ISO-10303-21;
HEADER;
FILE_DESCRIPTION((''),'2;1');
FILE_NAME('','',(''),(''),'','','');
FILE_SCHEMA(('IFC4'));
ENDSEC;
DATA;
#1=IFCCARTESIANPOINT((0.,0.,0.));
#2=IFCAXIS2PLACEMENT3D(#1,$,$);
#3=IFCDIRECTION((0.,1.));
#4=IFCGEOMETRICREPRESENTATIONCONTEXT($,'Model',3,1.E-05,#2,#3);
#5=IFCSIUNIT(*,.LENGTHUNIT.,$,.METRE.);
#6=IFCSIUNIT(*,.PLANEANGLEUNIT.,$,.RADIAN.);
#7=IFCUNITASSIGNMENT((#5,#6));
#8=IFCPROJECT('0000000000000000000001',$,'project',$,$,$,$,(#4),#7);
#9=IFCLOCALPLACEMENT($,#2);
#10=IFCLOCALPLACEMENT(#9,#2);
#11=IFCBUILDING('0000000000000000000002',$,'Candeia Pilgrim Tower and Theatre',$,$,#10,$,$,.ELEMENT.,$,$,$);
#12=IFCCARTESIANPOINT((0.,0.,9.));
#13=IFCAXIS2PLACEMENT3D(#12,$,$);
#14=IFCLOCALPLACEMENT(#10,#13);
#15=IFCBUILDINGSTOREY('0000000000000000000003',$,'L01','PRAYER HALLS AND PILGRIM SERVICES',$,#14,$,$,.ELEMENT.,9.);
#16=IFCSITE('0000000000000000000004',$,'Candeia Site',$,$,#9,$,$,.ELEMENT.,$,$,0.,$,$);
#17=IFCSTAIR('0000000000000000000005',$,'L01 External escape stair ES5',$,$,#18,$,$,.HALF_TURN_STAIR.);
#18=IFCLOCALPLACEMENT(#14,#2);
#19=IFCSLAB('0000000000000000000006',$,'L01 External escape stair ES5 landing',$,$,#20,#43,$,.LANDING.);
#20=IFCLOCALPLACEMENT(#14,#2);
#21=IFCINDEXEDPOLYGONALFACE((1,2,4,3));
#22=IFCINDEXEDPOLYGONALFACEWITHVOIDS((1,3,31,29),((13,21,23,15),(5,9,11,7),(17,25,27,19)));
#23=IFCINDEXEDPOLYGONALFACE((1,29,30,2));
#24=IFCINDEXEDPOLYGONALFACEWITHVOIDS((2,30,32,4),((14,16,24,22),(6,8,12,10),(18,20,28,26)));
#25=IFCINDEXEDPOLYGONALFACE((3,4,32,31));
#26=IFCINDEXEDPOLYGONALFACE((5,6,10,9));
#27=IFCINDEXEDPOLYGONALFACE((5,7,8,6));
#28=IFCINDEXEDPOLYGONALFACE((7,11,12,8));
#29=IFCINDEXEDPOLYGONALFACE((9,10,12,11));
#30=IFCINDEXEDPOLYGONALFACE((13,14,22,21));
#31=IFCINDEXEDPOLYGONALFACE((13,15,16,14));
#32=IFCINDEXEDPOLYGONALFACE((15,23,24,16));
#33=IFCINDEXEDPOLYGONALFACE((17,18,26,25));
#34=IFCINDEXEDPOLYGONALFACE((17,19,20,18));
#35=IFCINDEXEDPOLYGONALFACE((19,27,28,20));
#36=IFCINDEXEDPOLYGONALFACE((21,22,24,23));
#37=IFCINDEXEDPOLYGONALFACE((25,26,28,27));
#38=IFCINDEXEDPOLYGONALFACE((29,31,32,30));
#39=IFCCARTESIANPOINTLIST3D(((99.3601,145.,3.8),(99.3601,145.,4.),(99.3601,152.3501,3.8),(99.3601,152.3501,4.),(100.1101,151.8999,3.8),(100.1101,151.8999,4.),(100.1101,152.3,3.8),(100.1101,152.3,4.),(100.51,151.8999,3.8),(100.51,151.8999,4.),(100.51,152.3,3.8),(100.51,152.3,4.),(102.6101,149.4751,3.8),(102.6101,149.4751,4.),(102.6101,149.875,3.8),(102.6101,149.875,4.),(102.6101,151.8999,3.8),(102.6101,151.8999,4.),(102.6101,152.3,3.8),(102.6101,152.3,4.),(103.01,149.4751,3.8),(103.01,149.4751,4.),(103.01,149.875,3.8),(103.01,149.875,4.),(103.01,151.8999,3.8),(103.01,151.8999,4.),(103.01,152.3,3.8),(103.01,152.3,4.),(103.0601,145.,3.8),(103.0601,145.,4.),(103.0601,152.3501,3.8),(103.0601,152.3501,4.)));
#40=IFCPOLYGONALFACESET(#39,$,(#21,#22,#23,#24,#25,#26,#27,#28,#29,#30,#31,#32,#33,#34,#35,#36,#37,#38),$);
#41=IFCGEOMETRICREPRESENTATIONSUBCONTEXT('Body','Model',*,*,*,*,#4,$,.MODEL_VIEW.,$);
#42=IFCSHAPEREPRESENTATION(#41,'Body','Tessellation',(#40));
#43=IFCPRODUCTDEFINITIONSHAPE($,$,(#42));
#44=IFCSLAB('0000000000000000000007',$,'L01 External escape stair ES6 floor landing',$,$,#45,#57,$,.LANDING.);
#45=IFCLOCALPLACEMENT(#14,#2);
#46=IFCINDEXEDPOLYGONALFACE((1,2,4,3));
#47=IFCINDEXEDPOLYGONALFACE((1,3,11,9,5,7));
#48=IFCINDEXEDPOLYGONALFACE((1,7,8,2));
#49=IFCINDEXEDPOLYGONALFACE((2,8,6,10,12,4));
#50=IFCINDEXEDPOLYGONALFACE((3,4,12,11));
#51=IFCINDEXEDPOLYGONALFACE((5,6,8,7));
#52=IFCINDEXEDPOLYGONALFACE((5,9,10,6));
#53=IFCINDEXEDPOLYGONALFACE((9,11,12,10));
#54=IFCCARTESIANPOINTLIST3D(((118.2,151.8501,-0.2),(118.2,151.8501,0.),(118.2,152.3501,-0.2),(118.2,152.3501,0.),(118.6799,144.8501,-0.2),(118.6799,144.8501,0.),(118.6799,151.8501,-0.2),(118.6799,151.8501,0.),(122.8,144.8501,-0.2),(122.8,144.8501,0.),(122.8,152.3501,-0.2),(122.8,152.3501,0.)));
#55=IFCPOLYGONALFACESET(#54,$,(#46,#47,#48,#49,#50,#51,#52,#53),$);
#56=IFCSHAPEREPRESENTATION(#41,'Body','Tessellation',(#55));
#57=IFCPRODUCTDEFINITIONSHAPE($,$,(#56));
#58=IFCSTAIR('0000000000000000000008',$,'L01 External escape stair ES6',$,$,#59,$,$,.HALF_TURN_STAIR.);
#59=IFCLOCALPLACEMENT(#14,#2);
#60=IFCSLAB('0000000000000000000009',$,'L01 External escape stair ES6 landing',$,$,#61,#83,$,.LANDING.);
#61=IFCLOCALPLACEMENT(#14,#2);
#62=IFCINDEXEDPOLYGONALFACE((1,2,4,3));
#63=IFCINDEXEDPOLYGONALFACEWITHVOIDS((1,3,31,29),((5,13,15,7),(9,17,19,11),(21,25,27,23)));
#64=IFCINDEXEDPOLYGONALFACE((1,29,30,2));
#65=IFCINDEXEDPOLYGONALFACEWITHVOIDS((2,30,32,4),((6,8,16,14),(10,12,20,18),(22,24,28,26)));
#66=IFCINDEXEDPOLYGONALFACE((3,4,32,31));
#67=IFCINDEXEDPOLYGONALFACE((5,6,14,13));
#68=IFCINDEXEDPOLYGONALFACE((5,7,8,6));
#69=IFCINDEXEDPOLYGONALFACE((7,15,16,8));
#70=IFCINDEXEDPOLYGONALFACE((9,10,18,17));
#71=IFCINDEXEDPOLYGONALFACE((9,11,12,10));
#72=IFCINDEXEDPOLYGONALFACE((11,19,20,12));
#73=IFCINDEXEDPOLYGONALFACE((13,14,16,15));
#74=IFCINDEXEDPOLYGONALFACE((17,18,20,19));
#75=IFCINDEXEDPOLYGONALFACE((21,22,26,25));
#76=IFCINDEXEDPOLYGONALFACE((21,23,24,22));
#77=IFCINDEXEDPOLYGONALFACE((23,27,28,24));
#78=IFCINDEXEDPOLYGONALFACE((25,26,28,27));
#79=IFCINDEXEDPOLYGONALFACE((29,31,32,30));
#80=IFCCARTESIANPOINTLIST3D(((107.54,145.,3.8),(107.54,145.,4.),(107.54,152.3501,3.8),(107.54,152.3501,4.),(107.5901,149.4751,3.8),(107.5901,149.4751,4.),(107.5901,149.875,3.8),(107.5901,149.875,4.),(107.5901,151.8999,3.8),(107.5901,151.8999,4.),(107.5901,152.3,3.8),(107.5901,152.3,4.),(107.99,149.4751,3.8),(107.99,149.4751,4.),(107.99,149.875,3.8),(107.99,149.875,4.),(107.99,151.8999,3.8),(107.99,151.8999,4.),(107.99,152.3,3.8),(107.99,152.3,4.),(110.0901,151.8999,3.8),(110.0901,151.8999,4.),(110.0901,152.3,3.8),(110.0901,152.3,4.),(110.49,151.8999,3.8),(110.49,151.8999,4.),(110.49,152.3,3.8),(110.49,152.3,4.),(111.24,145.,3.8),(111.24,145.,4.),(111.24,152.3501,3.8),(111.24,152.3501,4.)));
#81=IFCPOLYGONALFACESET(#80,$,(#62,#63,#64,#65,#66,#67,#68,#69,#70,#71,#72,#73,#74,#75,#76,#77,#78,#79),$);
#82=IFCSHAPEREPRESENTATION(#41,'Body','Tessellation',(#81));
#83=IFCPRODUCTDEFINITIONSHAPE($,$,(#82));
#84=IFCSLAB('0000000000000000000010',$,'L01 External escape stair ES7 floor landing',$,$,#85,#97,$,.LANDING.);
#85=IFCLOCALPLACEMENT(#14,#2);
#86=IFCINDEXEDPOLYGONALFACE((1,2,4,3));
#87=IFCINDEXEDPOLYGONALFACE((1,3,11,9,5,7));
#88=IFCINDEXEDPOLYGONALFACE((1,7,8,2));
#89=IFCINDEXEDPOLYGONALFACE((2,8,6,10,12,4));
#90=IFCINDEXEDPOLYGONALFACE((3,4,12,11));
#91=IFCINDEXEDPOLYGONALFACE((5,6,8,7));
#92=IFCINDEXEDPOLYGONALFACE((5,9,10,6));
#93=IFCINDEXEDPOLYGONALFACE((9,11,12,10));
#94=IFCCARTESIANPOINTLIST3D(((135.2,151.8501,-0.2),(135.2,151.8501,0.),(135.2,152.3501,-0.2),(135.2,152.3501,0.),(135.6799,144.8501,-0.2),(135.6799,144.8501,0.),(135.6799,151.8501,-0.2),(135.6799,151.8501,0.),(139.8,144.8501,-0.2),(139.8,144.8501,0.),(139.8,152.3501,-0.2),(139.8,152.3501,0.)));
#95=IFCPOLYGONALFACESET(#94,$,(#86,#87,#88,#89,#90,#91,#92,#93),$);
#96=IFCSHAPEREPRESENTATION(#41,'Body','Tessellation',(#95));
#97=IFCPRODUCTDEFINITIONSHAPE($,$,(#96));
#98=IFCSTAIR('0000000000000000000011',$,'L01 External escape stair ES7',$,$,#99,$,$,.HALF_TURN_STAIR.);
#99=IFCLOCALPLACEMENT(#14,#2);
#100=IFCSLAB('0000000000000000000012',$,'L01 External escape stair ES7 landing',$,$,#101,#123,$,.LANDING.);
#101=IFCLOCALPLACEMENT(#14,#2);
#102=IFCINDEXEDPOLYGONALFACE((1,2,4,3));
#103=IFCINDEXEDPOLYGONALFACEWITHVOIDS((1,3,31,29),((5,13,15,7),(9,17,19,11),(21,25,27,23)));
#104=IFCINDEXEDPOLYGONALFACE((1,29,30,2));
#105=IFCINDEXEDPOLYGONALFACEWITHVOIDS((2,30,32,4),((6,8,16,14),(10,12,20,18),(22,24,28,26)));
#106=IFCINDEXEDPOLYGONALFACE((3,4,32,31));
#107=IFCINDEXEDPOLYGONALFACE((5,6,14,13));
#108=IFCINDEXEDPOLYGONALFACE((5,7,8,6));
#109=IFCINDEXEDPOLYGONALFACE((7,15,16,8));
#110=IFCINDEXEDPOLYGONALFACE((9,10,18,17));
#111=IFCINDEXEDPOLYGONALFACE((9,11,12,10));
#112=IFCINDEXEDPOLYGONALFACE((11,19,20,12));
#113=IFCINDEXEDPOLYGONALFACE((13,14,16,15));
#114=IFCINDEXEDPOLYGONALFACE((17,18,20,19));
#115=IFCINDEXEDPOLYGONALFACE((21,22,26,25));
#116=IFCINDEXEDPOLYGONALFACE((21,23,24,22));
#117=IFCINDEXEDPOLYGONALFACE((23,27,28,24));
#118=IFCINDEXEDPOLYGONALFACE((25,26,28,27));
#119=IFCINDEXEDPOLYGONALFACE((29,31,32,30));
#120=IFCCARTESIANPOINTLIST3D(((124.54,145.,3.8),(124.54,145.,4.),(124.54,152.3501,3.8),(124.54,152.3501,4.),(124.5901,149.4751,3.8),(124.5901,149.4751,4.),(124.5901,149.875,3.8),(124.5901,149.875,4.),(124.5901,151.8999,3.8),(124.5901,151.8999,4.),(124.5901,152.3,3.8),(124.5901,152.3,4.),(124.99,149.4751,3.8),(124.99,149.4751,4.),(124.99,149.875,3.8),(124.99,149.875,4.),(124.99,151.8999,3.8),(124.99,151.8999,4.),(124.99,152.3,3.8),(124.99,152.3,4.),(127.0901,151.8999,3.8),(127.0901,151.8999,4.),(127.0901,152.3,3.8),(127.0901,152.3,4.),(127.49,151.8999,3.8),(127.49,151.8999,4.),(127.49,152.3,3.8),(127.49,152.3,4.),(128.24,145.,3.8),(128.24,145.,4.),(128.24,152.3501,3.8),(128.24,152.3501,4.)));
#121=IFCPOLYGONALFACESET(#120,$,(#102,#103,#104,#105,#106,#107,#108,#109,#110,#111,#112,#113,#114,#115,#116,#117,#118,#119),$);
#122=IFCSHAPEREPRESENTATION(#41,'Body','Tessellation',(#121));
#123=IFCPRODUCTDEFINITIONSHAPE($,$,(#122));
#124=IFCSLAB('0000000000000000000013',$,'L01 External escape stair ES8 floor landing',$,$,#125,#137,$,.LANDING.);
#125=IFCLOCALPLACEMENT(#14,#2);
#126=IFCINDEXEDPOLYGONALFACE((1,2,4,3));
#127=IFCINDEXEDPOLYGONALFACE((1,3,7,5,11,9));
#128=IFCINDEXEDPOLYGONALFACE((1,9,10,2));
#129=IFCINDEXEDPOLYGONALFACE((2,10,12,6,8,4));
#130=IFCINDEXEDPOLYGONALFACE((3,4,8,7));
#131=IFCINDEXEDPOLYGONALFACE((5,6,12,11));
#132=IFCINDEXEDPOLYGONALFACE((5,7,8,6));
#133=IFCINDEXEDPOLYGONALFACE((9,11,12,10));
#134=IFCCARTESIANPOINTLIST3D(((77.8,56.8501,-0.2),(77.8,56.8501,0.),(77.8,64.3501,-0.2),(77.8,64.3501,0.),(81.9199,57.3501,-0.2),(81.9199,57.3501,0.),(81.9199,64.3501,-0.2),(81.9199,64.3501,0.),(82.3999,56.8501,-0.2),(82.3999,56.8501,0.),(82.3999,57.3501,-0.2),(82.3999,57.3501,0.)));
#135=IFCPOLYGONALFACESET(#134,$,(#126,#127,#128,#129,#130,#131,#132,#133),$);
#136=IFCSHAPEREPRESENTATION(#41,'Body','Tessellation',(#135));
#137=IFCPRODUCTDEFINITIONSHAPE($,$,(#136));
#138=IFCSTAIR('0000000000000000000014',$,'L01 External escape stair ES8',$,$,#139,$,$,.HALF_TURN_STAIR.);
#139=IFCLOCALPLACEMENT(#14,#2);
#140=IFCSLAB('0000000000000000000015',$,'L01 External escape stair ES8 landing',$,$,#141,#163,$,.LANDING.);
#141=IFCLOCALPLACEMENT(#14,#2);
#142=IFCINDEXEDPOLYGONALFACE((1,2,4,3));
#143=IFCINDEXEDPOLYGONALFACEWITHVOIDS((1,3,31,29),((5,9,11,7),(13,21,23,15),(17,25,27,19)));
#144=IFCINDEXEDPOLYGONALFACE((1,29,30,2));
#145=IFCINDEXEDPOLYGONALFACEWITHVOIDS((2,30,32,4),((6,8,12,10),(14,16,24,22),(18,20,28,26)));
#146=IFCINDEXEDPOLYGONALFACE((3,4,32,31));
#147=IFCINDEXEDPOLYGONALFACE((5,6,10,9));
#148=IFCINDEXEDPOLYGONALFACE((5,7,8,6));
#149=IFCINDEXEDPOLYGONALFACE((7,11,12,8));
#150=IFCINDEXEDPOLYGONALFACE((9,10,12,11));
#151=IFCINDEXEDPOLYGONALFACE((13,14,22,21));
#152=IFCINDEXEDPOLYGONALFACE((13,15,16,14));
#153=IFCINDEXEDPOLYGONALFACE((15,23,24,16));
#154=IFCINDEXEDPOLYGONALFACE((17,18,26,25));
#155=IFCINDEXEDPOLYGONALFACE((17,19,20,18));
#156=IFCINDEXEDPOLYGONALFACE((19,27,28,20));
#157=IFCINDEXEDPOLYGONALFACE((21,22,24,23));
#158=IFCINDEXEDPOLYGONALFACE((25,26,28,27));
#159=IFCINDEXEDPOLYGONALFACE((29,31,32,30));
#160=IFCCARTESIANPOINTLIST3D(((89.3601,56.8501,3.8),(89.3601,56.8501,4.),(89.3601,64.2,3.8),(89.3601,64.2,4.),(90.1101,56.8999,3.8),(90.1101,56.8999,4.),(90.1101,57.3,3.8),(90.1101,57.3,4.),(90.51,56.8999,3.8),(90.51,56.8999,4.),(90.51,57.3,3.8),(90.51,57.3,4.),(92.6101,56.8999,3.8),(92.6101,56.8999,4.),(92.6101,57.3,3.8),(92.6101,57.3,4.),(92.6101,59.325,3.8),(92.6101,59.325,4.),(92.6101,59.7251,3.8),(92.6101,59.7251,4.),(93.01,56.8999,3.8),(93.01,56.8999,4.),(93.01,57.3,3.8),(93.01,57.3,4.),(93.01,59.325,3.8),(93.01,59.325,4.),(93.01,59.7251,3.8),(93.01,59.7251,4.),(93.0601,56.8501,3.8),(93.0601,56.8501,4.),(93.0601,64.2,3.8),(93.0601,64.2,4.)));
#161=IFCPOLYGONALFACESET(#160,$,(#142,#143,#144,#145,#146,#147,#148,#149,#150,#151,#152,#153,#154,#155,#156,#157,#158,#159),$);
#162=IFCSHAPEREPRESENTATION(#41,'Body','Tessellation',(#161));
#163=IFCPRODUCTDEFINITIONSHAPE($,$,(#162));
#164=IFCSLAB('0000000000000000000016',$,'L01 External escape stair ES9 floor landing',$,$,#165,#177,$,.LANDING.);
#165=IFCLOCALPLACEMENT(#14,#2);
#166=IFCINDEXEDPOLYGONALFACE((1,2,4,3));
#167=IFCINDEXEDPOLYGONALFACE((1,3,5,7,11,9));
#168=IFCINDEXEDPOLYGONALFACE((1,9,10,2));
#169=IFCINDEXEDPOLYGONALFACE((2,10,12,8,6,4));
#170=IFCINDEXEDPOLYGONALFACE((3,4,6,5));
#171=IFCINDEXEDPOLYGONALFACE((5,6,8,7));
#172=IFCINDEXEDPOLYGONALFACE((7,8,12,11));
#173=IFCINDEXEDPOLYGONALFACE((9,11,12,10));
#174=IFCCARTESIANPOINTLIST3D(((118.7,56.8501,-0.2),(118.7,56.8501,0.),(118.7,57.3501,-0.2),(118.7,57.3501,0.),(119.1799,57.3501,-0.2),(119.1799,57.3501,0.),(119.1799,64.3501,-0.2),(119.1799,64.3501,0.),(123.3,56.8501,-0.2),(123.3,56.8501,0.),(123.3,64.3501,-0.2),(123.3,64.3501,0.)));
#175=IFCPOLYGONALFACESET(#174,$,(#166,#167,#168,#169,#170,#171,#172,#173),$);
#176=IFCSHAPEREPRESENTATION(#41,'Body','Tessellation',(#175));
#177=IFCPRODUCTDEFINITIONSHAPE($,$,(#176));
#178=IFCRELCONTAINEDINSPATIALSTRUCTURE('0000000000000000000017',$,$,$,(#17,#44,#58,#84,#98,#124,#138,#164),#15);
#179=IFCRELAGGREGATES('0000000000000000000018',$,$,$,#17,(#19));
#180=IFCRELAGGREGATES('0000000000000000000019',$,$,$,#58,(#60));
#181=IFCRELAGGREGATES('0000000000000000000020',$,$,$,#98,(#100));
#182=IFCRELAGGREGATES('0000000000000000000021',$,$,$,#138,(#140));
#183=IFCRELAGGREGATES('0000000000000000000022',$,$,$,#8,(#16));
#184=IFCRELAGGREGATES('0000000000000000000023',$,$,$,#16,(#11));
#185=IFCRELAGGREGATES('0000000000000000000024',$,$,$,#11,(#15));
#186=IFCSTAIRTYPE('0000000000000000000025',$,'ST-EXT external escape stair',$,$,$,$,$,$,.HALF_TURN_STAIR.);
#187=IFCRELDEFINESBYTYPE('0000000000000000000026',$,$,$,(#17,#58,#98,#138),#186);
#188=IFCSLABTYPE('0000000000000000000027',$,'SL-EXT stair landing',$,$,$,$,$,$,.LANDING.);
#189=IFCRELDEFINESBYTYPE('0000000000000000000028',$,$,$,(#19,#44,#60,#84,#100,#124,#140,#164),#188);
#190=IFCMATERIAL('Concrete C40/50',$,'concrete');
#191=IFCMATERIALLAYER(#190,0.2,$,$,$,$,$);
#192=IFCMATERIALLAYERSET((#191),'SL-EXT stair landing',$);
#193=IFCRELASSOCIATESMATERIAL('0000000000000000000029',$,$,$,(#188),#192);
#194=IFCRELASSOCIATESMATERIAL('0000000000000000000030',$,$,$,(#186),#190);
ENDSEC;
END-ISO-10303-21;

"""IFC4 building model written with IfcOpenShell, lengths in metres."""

from ifc_helpers import new_model, si_unit, direction, frame, origin, place, context, subcontext, project, spatial, polyline, outline, extrude, material, layer, layer_set, type_object, element, aggregate, save


model = new_model("IFC4")

# Units and contexts
model_context = context("Model", 3, precision=1e-05, world=origin(), true_north=direction((0.0, 1.0)))
body_context = subcontext(model_context, "Body", "Model", "MODEL_VIEW")
ifc_project = project(units=[si_unit("LENGTHUNIT", "METRE"), si_unit("PLANEANGLEUNIT", "RADIAN")], contexts=[model_context])

# Site, building, storey
site_placement = place(None, origin())
site = spatial("IfcSite", under=ifc_project, at=site_placement, Name="Candeia Site", CompositionType="ELEMENT", RefElevation=0.0)
building_placement = place(site_placement, origin())
building = spatial("IfcBuilding", under=site, at=building_placement, Name="Candeia Pilgrim Tower and Theatre", CompositionType="ELEMENT")
storey_placement = place(building_placement, frame((0.0, 0.0, 9.0)))
storey = spatial("IfcBuildingStorey", under=building, at=storey_placement, Name="L01", Description="PRAYER HALLS AND PILGRIM SERVICES", CompositionType="ELEMENT", Elevation=9.0)

# Shared definitions
ifc_material_1 = material(Name="Concrete C40/50", Category="concrete")

# Shared definitions
ifc_layer = layer(ifc_material_1, 0.2)
ifc_layer_set = layer_set([ifc_layer], Name="SL-EXT stair landing")
slab_type = type_object("IfcSlabType", Name="SL-EXT stair landing", PredefinedType="LANDING", material=ifc_layer_set)

# Shared definitions
stair_type = type_object("IfcStairType", Name="ST-EXT external escape stair", PredefinedType="HALF_TURN_STAIR", material=ifc_material_1)

# Stair, slab
stair_1_placement = place(storey_placement, origin())
stair_1 = element("IfcStair", 1, at=stair_1_placement, inside=storey, type_object=stair_type, Name="L01 External escape stair ES5", PredefinedType="HALF_TURN_STAIR")
slab_1_placement = place(storey_placement, frame((0.0, 0.0, 3.8)))
slab_1 = element("IfcSlab", 2, at=slab_1_placement, type_object=slab_type, Name="L01 External escape stair ES5 landing", PredefinedType="LANDING", context=body_context, shape_type="SweptSolid", body=[
    extrude(outline(polyline([(99.3601, 145.0), (103.0601, 145.0), (103.0601, 152.3501), (99.3601, 152.3501), (99.3601, 145.0)]), holes=[polyline([(100.1101, 151.8999), (100.51, 151.8999), (100.51, 152.3), (100.1101, 152.3), (100.1101, 151.8999)]), polyline([(102.6101, 151.8999), (103.01, 151.8999), (103.01, 152.3), (102.6101, 152.3), (102.6101, 151.8999)]), polyline([(102.6101, 149.4751), (103.01, 149.4751), (103.01, 149.875), (102.6101, 149.875), (102.6101, 149.4751)])]), origin(), (0.0, 0.0, 1.0), 0.2),
])
aggregate(stair_1, [slab_1])

# Slab
slab_2_placement = place(storey_placement, frame((0.0, 0.0, -0.2)))
element("IfcSlab", 3, at=slab_2_placement, inside=storey, type_object=slab_type, Name="L01 External escape stair ES6 floor landing", PredefinedType="LANDING", context=body_context, shape_type="SweptSolid", body=[
    extrude(outline(polyline([(122.8, 144.8501), (118.6799, 144.8501), (118.6799, 151.8501), (118.2, 151.8501), (118.2, 152.3501), (122.8, 152.3501), (122.8, 144.8501)])), origin(), (0.0, 0.0, 1.0), 0.2),
])

# Stair, slab
stair_2_placement = place(storey_placement, origin())
stair_2 = element("IfcStair", 4, at=stair_2_placement, inside=storey, type_object=stair_type, Name="L01 External escape stair ES6", PredefinedType="HALF_TURN_STAIR")
slab_3_placement = place(storey_placement, frame((0.0, 0.0, 3.8)))
slab_3 = element("IfcSlab", 5, at=slab_3_placement, type_object=slab_type, Name="L01 External escape stair ES6 landing", PredefinedType="LANDING", context=body_context, shape_type="SweptSolid", body=[
    extrude(outline(polyline([(111.24, 145.0), (107.54, 145.0), (107.54, 152.3501), (111.24, 152.3501), (111.24, 145.0)]), holes=[polyline([(110.0901, 151.8999), (110.49, 151.8999), (110.49, 152.3), (110.0901, 152.3), (110.0901, 151.8999)]), polyline([(107.5901, 151.8999), (107.99, 151.8999), (107.99, 152.3), (107.5901, 152.3), (107.5901, 151.8999)]), polyline([(107.5901, 149.4751), (107.99, 149.4751), (107.99, 149.875), (107.5901, 149.875), (107.5901, 149.4751)])]), origin(), (0.0, 0.0, 1.0), 0.2),
])
aggregate(stair_2, [slab_3])

# Slab
slab_4_placement = place(storey_placement, frame((0.0, 0.0, -0.2)))
element("IfcSlab", 6, at=slab_4_placement, inside=storey, type_object=slab_type, Name="L01 External escape stair ES7 floor landing", PredefinedType="LANDING", context=body_context, shape_type="SweptSolid", body=[
    extrude(outline(polyline([(139.8, 144.8501), (135.6799, 144.8501), (135.6799, 151.8501), (135.2, 151.8501), (135.2, 152.3501), (139.8, 152.3501), (139.8, 144.8501)])), origin(), (0.0, 0.0, 1.0), 0.2),
])

# Stair, slab
stair_3_placement = place(storey_placement, origin())
stair_3 = element("IfcStair", 7, at=stair_3_placement, inside=storey, type_object=stair_type, Name="L01 External escape stair ES7", PredefinedType="HALF_TURN_STAIR")
slab_5_placement = place(storey_placement, frame((0.0, 0.0, 3.8)))
slab_5 = element("IfcSlab", 8, at=slab_5_placement, type_object=slab_type, Name="L01 External escape stair ES7 landing", PredefinedType="LANDING", context=body_context, shape_type="SweptSolid", body=[
    extrude(outline(polyline([(128.24, 145.0), (124.54, 145.0), (124.54, 152.3501), (128.24, 152.3501), (128.24, 145.0)]), holes=[polyline([(127.0901, 151.8999), (127.49, 151.8999), (127.49, 152.3), (127.0901, 152.3), (127.0901, 151.8999)]), polyline([(124.5901, 151.8999), (124.99, 151.8999), (124.99, 152.3), (124.5901, 152.3), (124.5901, 151.8999)]), polyline([(124.5901, 149.4751), (124.99, 149.4751), (124.99, 149.875), (124.5901, 149.875), (124.5901, 149.4751)])]), origin(), (0.0, 0.0, 1.0), 0.2),
])
aggregate(stair_3, [slab_5])

# Slab
slab_6_placement = place(storey_placement, frame((0.0, 0.0, -0.2)))
element("IfcSlab", 9, at=slab_6_placement, inside=storey, type_object=slab_type, Name="L01 External escape stair ES8 floor landing", PredefinedType="LANDING", context=body_context, shape_type="SweptSolid", body=[
    extrude(outline(polyline([(77.8, 64.3501), (81.9199, 64.3501), (81.9199, 57.3501), (82.3999, 57.3501), (82.3999, 56.8501), (77.8, 56.8501), (77.8, 64.3501)])), origin(), (0.0, 0.0, 1.0), 0.2),
])

# Stair, slab
stair_4_placement = place(storey_placement, origin())
stair_4 = element("IfcStair", 10, at=stair_4_placement, inside=storey, type_object=stair_type, Name="L01 External escape stair ES8", PredefinedType="HALF_TURN_STAIR")
slab_7_placement = place(storey_placement, frame((0.0, 0.0, 3.8)))
slab_7 = element("IfcSlab", 11, at=slab_7_placement, type_object=slab_type, Name="L01 External escape stair ES8 landing", PredefinedType="LANDING", context=body_context, shape_type="SweptSolid", body=[
    extrude(outline(polyline([(89.3601, 64.2), (93.0601, 64.2), (93.0601, 56.8501), (89.3601, 56.8501), (89.3601, 64.2)]), holes=[polyline([(90.1101, 56.8999), (90.51, 56.8999), (90.51, 57.3), (90.1101, 57.3), (90.1101, 56.8999)]), polyline([(92.6101, 56.8999), (93.01, 56.8999), (93.01, 57.3), (92.6101, 57.3), (92.6101, 56.8999)]), polyline([(92.6101, 59.325), (93.01, 59.325), (93.01, 59.7251), (92.6101, 59.7251), (92.6101, 59.325)])]), origin(), (0.0, 0.0, 1.0), 0.2),
])
aggregate(stair_4, [slab_7])

# Slab
slab_8_placement = place(storey_placement, frame((0.0, 0.0, -0.2)))
element("IfcSlab", 12, at=slab_8_placement, inside=storey, type_object=slab_type, Name="L01 External escape stair ES9 floor landing", PredefinedType="LANDING", context=body_context, shape_type="SweptSolid", body=[
    extrude(outline(polyline([(123.3, 64.3501), (119.1799, 64.3501), (119.1799, 57.3501), (118.7, 57.3501), (118.7, 56.8501), (123.3, 56.8501), (123.3, 64.3501)])), origin(), (0.0, 0.0, 1.0), 0.2),
])

save(model, "model.ifc")
